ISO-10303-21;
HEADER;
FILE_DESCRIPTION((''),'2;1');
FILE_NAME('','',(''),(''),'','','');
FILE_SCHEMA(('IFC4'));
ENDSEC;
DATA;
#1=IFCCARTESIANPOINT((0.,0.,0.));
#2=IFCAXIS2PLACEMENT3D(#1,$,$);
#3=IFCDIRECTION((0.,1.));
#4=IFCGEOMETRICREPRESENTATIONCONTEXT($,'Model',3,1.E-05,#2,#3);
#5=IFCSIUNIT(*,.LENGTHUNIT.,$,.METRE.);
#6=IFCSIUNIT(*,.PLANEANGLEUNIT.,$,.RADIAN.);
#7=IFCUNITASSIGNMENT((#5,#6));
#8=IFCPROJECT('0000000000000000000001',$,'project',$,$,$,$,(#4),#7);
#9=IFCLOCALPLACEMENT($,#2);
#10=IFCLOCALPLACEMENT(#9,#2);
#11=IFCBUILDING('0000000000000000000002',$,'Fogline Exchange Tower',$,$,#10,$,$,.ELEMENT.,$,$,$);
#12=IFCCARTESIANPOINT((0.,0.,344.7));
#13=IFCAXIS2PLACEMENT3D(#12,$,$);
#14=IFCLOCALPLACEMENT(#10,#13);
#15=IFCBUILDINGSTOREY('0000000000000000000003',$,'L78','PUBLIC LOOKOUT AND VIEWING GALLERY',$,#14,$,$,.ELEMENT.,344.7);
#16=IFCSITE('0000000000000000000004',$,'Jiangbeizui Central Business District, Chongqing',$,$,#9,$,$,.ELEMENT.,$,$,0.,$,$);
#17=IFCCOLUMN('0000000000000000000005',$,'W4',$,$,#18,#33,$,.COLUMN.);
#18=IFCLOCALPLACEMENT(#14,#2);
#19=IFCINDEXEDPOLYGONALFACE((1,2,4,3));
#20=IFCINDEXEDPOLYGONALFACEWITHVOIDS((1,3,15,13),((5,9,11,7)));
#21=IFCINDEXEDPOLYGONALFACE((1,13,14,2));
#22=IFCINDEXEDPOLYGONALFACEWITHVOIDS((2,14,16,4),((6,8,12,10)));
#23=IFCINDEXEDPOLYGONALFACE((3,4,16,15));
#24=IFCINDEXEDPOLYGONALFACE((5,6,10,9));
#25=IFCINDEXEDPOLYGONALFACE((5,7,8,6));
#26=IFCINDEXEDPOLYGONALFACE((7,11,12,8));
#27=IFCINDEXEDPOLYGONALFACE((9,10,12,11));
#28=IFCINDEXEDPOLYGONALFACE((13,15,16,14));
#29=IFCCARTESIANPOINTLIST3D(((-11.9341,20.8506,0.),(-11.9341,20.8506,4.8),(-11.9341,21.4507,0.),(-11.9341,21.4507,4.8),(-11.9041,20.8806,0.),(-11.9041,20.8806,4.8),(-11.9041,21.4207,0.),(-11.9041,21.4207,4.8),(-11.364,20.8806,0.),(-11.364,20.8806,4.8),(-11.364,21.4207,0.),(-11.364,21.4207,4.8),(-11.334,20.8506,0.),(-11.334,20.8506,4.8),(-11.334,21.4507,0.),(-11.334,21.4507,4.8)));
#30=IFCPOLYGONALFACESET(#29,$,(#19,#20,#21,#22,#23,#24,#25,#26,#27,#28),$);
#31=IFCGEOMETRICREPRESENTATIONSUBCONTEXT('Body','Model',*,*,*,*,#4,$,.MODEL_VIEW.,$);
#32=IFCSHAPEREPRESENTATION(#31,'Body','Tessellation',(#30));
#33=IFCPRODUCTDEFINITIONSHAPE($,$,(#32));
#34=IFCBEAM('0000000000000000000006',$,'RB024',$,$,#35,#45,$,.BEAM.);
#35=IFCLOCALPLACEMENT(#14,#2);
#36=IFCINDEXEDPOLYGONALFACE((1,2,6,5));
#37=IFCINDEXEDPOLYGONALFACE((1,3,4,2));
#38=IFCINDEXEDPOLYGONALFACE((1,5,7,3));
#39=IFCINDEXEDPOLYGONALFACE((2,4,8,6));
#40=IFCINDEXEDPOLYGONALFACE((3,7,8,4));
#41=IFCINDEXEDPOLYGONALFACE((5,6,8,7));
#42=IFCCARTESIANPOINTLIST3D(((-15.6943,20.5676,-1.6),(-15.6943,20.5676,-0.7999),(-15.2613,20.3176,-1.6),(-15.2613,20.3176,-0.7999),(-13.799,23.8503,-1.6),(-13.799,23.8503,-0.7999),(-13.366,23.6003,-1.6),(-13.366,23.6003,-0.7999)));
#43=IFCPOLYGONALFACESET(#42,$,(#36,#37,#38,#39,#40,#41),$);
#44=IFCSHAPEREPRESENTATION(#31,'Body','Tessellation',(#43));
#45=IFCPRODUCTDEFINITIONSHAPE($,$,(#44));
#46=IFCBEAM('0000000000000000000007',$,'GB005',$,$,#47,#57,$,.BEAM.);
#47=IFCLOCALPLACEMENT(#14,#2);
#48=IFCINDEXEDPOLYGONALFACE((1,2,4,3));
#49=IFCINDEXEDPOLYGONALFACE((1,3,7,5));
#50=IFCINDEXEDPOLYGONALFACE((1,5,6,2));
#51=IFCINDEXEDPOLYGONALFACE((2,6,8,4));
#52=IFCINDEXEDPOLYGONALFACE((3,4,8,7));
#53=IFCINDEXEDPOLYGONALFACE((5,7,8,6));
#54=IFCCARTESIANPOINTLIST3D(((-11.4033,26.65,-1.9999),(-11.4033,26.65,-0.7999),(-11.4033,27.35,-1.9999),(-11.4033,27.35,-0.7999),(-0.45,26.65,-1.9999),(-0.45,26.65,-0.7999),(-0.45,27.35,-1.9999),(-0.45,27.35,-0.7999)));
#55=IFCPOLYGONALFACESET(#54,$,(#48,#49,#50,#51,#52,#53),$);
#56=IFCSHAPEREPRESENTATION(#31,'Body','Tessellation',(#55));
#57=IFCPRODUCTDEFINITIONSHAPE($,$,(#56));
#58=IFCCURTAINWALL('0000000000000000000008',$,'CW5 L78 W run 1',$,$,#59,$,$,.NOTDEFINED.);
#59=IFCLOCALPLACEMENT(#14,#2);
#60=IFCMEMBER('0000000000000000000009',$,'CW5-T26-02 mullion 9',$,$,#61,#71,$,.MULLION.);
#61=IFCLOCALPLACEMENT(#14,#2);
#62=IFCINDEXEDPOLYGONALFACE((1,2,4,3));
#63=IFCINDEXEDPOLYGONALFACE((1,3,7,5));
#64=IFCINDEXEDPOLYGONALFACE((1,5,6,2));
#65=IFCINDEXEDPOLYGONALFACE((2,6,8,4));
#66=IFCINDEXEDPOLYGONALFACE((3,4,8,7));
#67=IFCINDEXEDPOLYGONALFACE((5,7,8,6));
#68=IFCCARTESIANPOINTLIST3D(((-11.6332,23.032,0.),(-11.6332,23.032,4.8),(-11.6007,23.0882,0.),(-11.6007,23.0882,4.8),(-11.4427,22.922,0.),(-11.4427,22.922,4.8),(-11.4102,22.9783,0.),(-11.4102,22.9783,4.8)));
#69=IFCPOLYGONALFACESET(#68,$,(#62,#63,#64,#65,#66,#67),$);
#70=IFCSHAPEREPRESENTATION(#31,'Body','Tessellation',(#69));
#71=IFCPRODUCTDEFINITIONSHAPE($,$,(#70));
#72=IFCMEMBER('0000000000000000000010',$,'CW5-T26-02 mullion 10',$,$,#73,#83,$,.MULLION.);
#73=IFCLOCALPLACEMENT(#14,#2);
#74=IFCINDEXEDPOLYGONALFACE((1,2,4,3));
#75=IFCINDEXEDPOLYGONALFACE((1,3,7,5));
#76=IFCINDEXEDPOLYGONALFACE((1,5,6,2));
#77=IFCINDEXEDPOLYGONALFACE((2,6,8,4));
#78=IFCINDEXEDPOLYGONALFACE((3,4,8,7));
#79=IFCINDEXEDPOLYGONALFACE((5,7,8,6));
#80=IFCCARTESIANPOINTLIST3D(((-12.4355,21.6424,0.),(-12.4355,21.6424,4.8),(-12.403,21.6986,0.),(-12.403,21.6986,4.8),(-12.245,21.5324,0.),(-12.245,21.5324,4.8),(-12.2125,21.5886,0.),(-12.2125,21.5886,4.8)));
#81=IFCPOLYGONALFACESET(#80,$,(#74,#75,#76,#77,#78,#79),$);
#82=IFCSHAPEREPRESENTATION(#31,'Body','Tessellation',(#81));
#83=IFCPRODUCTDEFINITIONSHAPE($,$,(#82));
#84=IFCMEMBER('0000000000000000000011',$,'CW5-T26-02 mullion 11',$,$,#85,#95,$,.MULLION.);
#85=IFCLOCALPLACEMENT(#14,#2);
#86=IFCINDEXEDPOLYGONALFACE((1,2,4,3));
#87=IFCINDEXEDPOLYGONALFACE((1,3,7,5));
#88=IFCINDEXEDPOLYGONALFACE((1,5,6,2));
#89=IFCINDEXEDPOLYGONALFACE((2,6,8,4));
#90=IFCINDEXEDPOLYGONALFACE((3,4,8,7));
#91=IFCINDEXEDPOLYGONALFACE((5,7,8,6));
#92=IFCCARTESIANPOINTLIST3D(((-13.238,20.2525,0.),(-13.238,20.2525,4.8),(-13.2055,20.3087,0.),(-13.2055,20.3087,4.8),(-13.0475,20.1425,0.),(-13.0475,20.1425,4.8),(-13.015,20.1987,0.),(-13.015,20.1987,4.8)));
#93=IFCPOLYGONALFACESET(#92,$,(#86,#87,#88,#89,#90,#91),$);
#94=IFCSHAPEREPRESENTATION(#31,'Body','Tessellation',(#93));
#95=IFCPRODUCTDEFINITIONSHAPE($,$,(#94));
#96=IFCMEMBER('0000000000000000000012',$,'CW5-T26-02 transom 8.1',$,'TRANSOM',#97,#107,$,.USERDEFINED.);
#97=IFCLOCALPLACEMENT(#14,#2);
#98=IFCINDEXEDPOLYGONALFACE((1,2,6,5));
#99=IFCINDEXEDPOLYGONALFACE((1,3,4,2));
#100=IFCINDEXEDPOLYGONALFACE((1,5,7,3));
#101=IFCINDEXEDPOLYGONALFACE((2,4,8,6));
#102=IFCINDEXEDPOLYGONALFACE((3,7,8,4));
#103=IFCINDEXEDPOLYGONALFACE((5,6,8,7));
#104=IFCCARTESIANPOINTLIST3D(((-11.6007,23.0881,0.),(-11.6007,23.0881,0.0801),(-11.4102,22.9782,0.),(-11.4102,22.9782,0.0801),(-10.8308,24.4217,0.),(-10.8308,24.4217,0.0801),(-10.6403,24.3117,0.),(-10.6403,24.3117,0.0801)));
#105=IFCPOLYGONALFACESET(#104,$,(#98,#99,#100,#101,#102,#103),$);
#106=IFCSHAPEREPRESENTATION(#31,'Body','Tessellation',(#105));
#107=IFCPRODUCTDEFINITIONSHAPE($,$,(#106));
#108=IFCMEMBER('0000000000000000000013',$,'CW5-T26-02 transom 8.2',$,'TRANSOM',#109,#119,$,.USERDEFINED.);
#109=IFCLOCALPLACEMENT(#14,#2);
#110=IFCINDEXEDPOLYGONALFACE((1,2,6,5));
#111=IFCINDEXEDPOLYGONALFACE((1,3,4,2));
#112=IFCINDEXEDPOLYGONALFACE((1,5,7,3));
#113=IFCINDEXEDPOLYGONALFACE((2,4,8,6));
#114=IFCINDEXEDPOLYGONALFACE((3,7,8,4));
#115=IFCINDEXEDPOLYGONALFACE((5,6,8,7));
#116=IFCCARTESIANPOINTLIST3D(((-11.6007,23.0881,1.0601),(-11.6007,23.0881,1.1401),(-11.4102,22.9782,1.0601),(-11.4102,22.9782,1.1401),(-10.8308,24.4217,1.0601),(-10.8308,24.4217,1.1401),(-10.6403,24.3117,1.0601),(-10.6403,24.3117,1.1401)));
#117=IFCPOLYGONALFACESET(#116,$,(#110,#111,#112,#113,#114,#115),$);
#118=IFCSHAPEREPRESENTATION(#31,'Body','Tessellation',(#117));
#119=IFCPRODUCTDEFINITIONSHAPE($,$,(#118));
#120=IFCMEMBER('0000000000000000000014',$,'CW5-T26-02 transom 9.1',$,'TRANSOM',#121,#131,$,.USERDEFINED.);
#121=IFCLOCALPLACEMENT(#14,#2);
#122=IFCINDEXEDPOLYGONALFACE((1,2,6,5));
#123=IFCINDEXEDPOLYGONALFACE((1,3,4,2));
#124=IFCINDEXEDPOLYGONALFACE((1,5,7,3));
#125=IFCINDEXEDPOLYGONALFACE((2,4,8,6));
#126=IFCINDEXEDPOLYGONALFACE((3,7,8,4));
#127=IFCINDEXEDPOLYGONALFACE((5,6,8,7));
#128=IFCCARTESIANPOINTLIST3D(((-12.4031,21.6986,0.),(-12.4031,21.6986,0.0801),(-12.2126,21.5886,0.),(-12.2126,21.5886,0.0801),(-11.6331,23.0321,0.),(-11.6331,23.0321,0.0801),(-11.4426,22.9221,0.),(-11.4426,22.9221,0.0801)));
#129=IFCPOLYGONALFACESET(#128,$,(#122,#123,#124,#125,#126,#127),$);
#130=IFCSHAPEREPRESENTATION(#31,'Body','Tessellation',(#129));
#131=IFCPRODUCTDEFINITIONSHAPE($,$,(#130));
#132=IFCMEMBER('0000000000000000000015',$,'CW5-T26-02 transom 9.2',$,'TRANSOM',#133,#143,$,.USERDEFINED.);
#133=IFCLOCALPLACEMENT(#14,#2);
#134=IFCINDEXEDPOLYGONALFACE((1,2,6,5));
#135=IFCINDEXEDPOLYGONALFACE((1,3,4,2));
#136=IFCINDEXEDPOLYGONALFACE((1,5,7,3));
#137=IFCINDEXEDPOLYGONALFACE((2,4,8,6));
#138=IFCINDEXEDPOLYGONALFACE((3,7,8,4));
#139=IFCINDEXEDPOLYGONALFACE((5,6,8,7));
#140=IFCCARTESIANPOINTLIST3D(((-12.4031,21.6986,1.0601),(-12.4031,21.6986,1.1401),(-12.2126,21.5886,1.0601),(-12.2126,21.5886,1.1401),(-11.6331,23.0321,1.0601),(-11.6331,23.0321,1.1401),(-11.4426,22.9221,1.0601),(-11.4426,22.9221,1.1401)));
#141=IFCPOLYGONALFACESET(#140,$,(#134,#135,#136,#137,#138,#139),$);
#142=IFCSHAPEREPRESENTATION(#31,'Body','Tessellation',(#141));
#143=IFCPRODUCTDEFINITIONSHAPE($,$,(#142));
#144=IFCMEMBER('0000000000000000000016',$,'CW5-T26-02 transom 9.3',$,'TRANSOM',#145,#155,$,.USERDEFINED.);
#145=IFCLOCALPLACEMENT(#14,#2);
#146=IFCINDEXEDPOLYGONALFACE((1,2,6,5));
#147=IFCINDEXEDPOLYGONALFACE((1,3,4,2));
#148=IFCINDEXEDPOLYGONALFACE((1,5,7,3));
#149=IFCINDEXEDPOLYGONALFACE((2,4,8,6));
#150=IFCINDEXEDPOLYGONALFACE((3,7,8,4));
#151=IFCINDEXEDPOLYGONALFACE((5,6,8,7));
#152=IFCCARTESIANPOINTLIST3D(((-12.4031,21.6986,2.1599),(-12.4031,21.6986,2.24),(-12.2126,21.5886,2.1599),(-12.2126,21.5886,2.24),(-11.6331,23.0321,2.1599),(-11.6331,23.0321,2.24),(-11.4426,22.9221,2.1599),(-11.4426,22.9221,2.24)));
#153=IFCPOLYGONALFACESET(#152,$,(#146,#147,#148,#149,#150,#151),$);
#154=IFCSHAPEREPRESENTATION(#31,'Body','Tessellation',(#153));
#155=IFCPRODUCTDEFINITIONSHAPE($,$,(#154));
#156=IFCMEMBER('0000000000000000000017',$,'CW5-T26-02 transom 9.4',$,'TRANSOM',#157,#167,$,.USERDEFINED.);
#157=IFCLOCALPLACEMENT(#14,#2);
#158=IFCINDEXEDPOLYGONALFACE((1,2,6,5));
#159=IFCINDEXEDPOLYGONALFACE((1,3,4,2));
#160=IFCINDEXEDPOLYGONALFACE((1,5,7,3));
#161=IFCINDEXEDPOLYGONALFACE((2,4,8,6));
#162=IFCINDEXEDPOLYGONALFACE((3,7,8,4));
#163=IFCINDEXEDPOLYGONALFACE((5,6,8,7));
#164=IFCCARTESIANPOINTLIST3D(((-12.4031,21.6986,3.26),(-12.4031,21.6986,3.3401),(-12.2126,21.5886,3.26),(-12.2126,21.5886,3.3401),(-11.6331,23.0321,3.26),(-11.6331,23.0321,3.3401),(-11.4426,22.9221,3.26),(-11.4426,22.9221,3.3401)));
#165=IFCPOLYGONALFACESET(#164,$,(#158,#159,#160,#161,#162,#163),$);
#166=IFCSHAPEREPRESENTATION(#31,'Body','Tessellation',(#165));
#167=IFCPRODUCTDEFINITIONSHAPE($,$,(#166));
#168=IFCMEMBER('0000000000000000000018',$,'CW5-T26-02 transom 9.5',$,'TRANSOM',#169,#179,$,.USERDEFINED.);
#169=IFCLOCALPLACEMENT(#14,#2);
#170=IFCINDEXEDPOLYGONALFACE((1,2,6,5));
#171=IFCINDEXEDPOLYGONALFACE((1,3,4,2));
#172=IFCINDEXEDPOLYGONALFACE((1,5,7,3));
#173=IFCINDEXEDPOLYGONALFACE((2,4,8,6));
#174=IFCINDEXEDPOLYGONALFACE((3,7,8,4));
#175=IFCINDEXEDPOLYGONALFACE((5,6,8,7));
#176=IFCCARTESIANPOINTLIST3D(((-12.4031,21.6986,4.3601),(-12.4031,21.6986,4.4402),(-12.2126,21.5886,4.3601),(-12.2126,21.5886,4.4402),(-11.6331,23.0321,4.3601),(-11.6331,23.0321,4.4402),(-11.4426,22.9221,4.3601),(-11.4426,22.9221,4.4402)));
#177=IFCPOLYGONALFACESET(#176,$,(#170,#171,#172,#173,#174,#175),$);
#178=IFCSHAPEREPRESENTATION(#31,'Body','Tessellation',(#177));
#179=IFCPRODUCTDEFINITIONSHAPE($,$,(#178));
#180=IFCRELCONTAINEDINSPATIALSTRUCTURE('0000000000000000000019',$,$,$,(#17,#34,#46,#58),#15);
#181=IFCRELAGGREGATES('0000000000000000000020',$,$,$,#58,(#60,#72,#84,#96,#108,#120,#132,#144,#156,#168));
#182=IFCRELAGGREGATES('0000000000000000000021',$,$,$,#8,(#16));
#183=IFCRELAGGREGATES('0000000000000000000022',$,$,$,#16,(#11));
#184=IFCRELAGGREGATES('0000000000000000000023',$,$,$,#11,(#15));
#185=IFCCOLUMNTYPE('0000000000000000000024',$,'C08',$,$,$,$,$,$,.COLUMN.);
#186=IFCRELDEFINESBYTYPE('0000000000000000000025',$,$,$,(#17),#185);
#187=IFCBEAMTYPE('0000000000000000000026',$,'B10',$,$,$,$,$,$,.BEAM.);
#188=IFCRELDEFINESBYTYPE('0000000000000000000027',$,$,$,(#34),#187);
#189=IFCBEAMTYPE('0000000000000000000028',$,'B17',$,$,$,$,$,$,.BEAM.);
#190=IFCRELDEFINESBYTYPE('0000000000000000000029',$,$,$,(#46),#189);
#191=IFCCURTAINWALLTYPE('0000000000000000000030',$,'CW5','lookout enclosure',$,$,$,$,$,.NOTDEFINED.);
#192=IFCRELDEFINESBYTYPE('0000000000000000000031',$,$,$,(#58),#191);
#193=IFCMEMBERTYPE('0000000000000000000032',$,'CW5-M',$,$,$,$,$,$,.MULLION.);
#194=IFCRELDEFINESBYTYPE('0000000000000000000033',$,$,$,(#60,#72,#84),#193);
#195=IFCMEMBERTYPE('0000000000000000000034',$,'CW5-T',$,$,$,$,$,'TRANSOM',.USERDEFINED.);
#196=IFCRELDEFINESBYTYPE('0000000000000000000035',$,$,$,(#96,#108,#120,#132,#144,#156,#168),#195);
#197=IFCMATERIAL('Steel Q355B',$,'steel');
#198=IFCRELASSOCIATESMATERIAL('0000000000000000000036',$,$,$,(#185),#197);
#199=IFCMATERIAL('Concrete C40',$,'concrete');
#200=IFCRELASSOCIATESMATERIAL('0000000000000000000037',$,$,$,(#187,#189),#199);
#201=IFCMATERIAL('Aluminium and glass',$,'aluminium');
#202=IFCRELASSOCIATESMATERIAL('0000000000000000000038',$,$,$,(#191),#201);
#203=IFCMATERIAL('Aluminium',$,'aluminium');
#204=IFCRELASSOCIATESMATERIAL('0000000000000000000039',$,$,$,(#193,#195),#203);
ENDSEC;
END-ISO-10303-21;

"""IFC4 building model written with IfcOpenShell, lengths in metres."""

from ifc_helpers import new_model, si_unit, direction, frame, origin, origin_2d, place, context, subcontext, project, spatial, rectangle, hollow_rectangle, extrude, material, material_profile, profile_set, type_object, element, aggregate, save


model = new_model("IFC4")

# Units and contexts
model_context = context("Model", 3, precision=1e-05, world=origin(), true_north=direction((0.0, 1.0)))
body_context = subcontext(model_context, "Body", "Model", "MODEL_VIEW")
ifc_project = project(units=[si_unit("LENGTHUNIT", "METRE"), si_unit("PLANEANGLEUNIT", "RADIAN")], contexts=[model_context])

# Site, building, storey
site_placement = place(None, origin())
site = spatial("IfcSite", under=ifc_project, at=site_placement, Name="Jiangbeizui Central Business District, Chongqing", CompositionType="ELEMENT", RefElevation=0.0)
building_placement = place(site_placement, origin())
building = spatial("IfcBuilding", under=site, at=building_placement, Name="Fogline Exchange Tower", CompositionType="ELEMENT")
storey_placement = place(building_placement, frame((0.0, 0.0, 344.7)))
storey = spatial("IfcBuildingStorey", under=building, at=storey_placement, Name="L78", Description="PUBLIC LOOKOUT AND VIEWING GALLERY", CompositionType="ELEMENT", Elevation=344.7)

# Column
ifc_material_1 = material(Name="Steel Q355B", Category="steel")
ifc_material_profile_1 = material_profile(ifc_material_1, hollow_rectangle(XDim=0.6001, YDim=0.6001, WallThickness=0.03, at=origin_2d()), Name="BOX600X600X30")
ifc_profile_set_1 = profile_set([ifc_material_profile_1], Name="Steel Q355B")
column_type = type_object("IfcColumnType", Name="C08", PredefinedType="COLUMN", material=ifc_profile_set_1)
column_placement = place(storey_placement, frame((-11.634, 21.1506, 0.0), z_axis=(0.0, 0.0, 1.0), x_axis=(1.0, 0.0, 0.0)))
element("IfcColumn", 1, at=column_placement, inside=storey, type_object=column_type, Name="W4", PredefinedType="COLUMN", context=body_context, shape_type="SweptSolid", body=[
    extrude(hollow_rectangle(XDim=0.6001, YDim=0.6001, WallThickness=0.03, at=origin_2d()), origin(), (0.0, 0.0, 1.0), 4.8),
])

# Beams
ifc_material_2 = material(Name="Concrete C40", Category="concrete")
ifc_material_profile_2 = material_profile(ifc_material_2, rectangle(XDim=0.5, YDim=0.8, at=origin_2d()), Name="RC 500x800")
ifc_profile_set_2 = profile_set([ifc_material_profile_2], Name="Concrete C40")
beam_type_1 = type_object("IfcBeamType", Name="B10", PredefinedType="BEAM", material=ifc_profile_set_2)
beam_1_placement = place(storey_placement, frame((-13.5825, 23.7253, -1.2), z_axis=(-0.499998, -0.866027, 0.0), x_axis=(0.866027, -0.499998, 0.0)))
element("IfcBeam", 2, at=beam_1_placement, inside=storey, type_object=beam_type_1, Name="RB024", PredefinedType="BEAM", context=body_context, shape_type="SweptSolid", body=[
    extrude(rectangle(XDim=0.5, YDim=0.8, at=origin_2d()), origin(), (0.0, 0.0, 1.0), 3.7905),
])
ifc_material_profile_3 = material_profile(ifc_material_2, rectangle(XDim=0.7, YDim=1.2, at=origin_2d()), Name="RC 700x1200")
ifc_profile_set_3 = profile_set([ifc_material_profile_3], Name="Concrete C40")
beam_type_2 = type_object("IfcBeamType", Name="B17", PredefinedType="BEAM", material=ifc_profile_set_3)
beam_2_placement = place(storey_placement, frame((-11.4033, 27.0, -1.3999), z_axis=(1.0, 0.0, 0.0), x_axis=(0.0, 1.0, 0.0)))
element("IfcBeam", 3, at=beam_2_placement, inside=storey, type_object=beam_type_2, Name="GB005", PredefinedType="BEAM", context=body_context, shape_type="SweptSolid", body=[
    extrude(rectangle(XDim=0.7, YDim=1.2, at=origin_2d()), origin(), (0.0, 0.0, 1.0), 10.9534),
])

# Curtain wall, members
ifc_material_3 = material(Name="Aluminium and glass", Category="aluminium")
curtain_wall_type = type_object("IfcCurtainWallType", Name="CW5", Description="lookout enclosure", PredefinedType="NOTDEFINED", material=ifc_material_3)
curtain_wall_placement = place(storey_placement, origin())
curtain_wall = element("IfcCurtainWall", 4, at=curtain_wall_placement, inside=storey, type_object=curtain_wall_type, Name="CW5 L78 W run 1", PredefinedType="NOTDEFINED")
ifc_material_4 = material(Name="Aluminium", Category="aluminium")
ifc_material_profile_4 = material_profile(ifc_material_4, rectangle(XDim=0.22, YDim=0.0649, at=origin_2d()), Name="Mullion 65x220")
ifc_profile_set_4 = profile_set([ifc_material_profile_4], Name="Aluminium")
member_type_1 = type_object("IfcMemberType", Name="CW5-M", PredefinedType="MULLION", material=ifc_profile_set_4)
member_1_placement = place(storey_placement, frame((-11.5217, 23.0051, 0.0), z_axis=(0.0, 0.0, 1.0), x_axis=(0.866025, -0.5, 0.0)))
member_1 = element("IfcMember", 5, at=member_1_placement, type_object=member_type_1, Name="CW5-T26-02 mullion 9", PredefinedType="MULLION", context=body_context, shape_type="SweptSolid", body=[
    extrude(rectangle(XDim=0.22, YDim=0.0649, at=origin_2d()), origin(), (0.0, 0.0, 1.0), 4.8),
])
member_2_placement = place(storey_placement, frame((-12.324, 21.6155, 0.0), z_axis=(0.0, 0.0, 1.0), x_axis=(0.866025, -0.5, 0.0)))
member_2 = element("IfcMember", 6, at=member_2_placement, type_object=member_type_1, Name="CW5-T26-02 mullion 10", PredefinedType="MULLION", context=body_context, shape_type="SweptSolid", body=[
    extrude(rectangle(XDim=0.22, YDim=0.0649, at=origin_2d()), origin(), (0.0, 0.0, 1.0), 4.8),
])
member_3_placement = place(storey_placement, frame((-13.1265, 20.2256, 0.0), z_axis=(0.0, 0.0, 1.0), x_axis=(0.866025, -0.5, 0.0)))
member_3 = element("IfcMember", 7, at=member_3_placement, type_object=member_type_1, Name="CW5-T26-02 mullion 11", PredefinedType="MULLION", context=body_context, shape_type="SweptSolid", body=[
    extrude(rectangle(XDim=0.22, YDim=0.0649, at=origin_2d()), origin(), (0.0, 0.0, 1.0), 4.8),
])
ifc_material_profile_5 = material_profile(ifc_material_4, rectangle(XDim=0.22, YDim=0.0801, at=origin_2d()), Name="Transom 80x220")
ifc_profile_set_5 = profile_set([ifc_material_profile_5], Name="Aluminium")
member_type_2 = type_object("IfcMemberType", Name="CW5-T", ElementType="TRANSOM", PredefinedType="USERDEFINED", material=ifc_profile_set_5)
member_4_placement = place(storey_placement, frame((-10.7356, 24.3667, 0.04), z_axis=(-0.499942, -0.866059, 0.0), x_axis=(0.866059, -0.499942, 0.0)))
member_4 = element("IfcMember", 8, at=member_4_placement, type_object=member_type_2, Name="CW5-T26-02 transom 8.1", ObjectType="TRANSOM", PredefinedType="USERDEFINED", context=body_context, shape_type="SweptSolid", body=[
    extrude(rectangle(XDim=0.22, YDim=0.0801, at=origin_2d()), origin(), (0.0, 0.0, 1.0), 1.5398),
])
member_5_placement = place(storey_placement, frame((-10.7356, 24.3667, 1.1001), z_axis=(-0.499942, -0.866059, 0.0), x_axis=(0.866059, -0.499942, 0.0)))
member_5 = element("IfcMember", 9, at=member_5_placement, type_object=member_type_2, Name="CW5-T26-02 transom 8.2", ObjectType="TRANSOM", PredefinedType="USERDEFINED", context=body_context, shape_type="SweptSolid", body=[
    extrude(rectangle(XDim=0.22, YDim=0.0801, at=origin_2d()), origin(), (0.0, 0.0, 1.0), 1.5398),
])
member_6_placement = place(storey_placement, frame((-11.5378, 22.9771, 0.04), z_axis=(-0.500061, -0.86599, 0.0), x_axis=(0.86599, -0.500061, 0.0)))
member_6 = element("IfcMember", 10, at=member_6_placement, type_object=member_type_2, Name="CW5-T26-02 transom 9.1", ObjectType="TRANSOM", PredefinedType="USERDEFINED", context=body_context, shape_type="SweptSolid", body=[
    extrude(rectangle(XDim=0.22, YDim=0.0801, at=origin_2d()), origin(), (0.0, 0.0, 1.0), 1.5398),
])
member_7_placement = place(storey_placement, frame((-11.5378, 22.9771, 1.1001), z_axis=(-0.500061, -0.86599, 0.0), x_axis=(0.86599, -0.500061, 0.0)))
member_7 = element("IfcMember", 11, at=member_7_placement, type_object=member_type_2, Name="CW5-T26-02 transom 9.2", ObjectType="TRANSOM", PredefinedType="USERDEFINED", context=body_context, shape_type="SweptSolid", body=[
    extrude(rectangle(XDim=0.22, YDim=0.0801, at=origin_2d()), origin(), (0.0, 0.0, 1.0), 1.5398),
])
member_8_placement = place(storey_placement, frame((-11.5378, 22.9771, 2.2), z_axis=(-0.500061, -0.86599, 0.0), x_axis=(0.86599, -0.500061, 0.0)))
member_8 = element("IfcMember", 12, at=member_8_placement, type_object=member_type_2, Name="CW5-T26-02 transom 9.3", ObjectType="TRANSOM", PredefinedType="USERDEFINED", context=body_context, shape_type="SweptSolid", body=[
    extrude(rectangle(XDim=0.22, YDim=0.0801, at=origin_2d()), origin(), (0.0, 0.0, 1.0), 1.5398),
])
member_9_placement = place(storey_placement, frame((-11.5378, 22.9771, 3.3), z_axis=(-0.500061, -0.86599, 0.0), x_axis=(0.86599, -0.500061, 0.0)))
member_9 = element("IfcMember", 13, at=member_9_placement, type_object=member_type_2, Name="CW5-T26-02 transom 9.4", ObjectType="TRANSOM", PredefinedType="USERDEFINED", context=body_context, shape_type="SweptSolid", body=[
    extrude(rectangle(XDim=0.22, YDim=0.0801, at=origin_2d()), origin(), (0.0, 0.0, 1.0), 1.5398),
])
member_10_placement = place(storey_placement, frame((-11.5378, 22.9771, 4.4001), z_axis=(-0.500061, -0.86599, 0.0), x_axis=(0.86599, -0.500061, 0.0)))
member_10 = element("IfcMember", 14, at=member_10_placement, type_object=member_type_2, Name="CW5-T26-02 transom 9.5", ObjectType="TRANSOM", PredefinedType="USERDEFINED", context=body_context, shape_type="SweptSolid", body=[
    extrude(rectangle(XDim=0.22, YDim=0.0801, at=origin_2d()), origin(), (0.0, 0.0, 1.0), 1.5398),
])
aggregate(curtain_wall, [member_1, member_2, member_3, member_4, member_5, member_6, member_7, member_8, member_9, member_10])

save(model, "model.ifc")
